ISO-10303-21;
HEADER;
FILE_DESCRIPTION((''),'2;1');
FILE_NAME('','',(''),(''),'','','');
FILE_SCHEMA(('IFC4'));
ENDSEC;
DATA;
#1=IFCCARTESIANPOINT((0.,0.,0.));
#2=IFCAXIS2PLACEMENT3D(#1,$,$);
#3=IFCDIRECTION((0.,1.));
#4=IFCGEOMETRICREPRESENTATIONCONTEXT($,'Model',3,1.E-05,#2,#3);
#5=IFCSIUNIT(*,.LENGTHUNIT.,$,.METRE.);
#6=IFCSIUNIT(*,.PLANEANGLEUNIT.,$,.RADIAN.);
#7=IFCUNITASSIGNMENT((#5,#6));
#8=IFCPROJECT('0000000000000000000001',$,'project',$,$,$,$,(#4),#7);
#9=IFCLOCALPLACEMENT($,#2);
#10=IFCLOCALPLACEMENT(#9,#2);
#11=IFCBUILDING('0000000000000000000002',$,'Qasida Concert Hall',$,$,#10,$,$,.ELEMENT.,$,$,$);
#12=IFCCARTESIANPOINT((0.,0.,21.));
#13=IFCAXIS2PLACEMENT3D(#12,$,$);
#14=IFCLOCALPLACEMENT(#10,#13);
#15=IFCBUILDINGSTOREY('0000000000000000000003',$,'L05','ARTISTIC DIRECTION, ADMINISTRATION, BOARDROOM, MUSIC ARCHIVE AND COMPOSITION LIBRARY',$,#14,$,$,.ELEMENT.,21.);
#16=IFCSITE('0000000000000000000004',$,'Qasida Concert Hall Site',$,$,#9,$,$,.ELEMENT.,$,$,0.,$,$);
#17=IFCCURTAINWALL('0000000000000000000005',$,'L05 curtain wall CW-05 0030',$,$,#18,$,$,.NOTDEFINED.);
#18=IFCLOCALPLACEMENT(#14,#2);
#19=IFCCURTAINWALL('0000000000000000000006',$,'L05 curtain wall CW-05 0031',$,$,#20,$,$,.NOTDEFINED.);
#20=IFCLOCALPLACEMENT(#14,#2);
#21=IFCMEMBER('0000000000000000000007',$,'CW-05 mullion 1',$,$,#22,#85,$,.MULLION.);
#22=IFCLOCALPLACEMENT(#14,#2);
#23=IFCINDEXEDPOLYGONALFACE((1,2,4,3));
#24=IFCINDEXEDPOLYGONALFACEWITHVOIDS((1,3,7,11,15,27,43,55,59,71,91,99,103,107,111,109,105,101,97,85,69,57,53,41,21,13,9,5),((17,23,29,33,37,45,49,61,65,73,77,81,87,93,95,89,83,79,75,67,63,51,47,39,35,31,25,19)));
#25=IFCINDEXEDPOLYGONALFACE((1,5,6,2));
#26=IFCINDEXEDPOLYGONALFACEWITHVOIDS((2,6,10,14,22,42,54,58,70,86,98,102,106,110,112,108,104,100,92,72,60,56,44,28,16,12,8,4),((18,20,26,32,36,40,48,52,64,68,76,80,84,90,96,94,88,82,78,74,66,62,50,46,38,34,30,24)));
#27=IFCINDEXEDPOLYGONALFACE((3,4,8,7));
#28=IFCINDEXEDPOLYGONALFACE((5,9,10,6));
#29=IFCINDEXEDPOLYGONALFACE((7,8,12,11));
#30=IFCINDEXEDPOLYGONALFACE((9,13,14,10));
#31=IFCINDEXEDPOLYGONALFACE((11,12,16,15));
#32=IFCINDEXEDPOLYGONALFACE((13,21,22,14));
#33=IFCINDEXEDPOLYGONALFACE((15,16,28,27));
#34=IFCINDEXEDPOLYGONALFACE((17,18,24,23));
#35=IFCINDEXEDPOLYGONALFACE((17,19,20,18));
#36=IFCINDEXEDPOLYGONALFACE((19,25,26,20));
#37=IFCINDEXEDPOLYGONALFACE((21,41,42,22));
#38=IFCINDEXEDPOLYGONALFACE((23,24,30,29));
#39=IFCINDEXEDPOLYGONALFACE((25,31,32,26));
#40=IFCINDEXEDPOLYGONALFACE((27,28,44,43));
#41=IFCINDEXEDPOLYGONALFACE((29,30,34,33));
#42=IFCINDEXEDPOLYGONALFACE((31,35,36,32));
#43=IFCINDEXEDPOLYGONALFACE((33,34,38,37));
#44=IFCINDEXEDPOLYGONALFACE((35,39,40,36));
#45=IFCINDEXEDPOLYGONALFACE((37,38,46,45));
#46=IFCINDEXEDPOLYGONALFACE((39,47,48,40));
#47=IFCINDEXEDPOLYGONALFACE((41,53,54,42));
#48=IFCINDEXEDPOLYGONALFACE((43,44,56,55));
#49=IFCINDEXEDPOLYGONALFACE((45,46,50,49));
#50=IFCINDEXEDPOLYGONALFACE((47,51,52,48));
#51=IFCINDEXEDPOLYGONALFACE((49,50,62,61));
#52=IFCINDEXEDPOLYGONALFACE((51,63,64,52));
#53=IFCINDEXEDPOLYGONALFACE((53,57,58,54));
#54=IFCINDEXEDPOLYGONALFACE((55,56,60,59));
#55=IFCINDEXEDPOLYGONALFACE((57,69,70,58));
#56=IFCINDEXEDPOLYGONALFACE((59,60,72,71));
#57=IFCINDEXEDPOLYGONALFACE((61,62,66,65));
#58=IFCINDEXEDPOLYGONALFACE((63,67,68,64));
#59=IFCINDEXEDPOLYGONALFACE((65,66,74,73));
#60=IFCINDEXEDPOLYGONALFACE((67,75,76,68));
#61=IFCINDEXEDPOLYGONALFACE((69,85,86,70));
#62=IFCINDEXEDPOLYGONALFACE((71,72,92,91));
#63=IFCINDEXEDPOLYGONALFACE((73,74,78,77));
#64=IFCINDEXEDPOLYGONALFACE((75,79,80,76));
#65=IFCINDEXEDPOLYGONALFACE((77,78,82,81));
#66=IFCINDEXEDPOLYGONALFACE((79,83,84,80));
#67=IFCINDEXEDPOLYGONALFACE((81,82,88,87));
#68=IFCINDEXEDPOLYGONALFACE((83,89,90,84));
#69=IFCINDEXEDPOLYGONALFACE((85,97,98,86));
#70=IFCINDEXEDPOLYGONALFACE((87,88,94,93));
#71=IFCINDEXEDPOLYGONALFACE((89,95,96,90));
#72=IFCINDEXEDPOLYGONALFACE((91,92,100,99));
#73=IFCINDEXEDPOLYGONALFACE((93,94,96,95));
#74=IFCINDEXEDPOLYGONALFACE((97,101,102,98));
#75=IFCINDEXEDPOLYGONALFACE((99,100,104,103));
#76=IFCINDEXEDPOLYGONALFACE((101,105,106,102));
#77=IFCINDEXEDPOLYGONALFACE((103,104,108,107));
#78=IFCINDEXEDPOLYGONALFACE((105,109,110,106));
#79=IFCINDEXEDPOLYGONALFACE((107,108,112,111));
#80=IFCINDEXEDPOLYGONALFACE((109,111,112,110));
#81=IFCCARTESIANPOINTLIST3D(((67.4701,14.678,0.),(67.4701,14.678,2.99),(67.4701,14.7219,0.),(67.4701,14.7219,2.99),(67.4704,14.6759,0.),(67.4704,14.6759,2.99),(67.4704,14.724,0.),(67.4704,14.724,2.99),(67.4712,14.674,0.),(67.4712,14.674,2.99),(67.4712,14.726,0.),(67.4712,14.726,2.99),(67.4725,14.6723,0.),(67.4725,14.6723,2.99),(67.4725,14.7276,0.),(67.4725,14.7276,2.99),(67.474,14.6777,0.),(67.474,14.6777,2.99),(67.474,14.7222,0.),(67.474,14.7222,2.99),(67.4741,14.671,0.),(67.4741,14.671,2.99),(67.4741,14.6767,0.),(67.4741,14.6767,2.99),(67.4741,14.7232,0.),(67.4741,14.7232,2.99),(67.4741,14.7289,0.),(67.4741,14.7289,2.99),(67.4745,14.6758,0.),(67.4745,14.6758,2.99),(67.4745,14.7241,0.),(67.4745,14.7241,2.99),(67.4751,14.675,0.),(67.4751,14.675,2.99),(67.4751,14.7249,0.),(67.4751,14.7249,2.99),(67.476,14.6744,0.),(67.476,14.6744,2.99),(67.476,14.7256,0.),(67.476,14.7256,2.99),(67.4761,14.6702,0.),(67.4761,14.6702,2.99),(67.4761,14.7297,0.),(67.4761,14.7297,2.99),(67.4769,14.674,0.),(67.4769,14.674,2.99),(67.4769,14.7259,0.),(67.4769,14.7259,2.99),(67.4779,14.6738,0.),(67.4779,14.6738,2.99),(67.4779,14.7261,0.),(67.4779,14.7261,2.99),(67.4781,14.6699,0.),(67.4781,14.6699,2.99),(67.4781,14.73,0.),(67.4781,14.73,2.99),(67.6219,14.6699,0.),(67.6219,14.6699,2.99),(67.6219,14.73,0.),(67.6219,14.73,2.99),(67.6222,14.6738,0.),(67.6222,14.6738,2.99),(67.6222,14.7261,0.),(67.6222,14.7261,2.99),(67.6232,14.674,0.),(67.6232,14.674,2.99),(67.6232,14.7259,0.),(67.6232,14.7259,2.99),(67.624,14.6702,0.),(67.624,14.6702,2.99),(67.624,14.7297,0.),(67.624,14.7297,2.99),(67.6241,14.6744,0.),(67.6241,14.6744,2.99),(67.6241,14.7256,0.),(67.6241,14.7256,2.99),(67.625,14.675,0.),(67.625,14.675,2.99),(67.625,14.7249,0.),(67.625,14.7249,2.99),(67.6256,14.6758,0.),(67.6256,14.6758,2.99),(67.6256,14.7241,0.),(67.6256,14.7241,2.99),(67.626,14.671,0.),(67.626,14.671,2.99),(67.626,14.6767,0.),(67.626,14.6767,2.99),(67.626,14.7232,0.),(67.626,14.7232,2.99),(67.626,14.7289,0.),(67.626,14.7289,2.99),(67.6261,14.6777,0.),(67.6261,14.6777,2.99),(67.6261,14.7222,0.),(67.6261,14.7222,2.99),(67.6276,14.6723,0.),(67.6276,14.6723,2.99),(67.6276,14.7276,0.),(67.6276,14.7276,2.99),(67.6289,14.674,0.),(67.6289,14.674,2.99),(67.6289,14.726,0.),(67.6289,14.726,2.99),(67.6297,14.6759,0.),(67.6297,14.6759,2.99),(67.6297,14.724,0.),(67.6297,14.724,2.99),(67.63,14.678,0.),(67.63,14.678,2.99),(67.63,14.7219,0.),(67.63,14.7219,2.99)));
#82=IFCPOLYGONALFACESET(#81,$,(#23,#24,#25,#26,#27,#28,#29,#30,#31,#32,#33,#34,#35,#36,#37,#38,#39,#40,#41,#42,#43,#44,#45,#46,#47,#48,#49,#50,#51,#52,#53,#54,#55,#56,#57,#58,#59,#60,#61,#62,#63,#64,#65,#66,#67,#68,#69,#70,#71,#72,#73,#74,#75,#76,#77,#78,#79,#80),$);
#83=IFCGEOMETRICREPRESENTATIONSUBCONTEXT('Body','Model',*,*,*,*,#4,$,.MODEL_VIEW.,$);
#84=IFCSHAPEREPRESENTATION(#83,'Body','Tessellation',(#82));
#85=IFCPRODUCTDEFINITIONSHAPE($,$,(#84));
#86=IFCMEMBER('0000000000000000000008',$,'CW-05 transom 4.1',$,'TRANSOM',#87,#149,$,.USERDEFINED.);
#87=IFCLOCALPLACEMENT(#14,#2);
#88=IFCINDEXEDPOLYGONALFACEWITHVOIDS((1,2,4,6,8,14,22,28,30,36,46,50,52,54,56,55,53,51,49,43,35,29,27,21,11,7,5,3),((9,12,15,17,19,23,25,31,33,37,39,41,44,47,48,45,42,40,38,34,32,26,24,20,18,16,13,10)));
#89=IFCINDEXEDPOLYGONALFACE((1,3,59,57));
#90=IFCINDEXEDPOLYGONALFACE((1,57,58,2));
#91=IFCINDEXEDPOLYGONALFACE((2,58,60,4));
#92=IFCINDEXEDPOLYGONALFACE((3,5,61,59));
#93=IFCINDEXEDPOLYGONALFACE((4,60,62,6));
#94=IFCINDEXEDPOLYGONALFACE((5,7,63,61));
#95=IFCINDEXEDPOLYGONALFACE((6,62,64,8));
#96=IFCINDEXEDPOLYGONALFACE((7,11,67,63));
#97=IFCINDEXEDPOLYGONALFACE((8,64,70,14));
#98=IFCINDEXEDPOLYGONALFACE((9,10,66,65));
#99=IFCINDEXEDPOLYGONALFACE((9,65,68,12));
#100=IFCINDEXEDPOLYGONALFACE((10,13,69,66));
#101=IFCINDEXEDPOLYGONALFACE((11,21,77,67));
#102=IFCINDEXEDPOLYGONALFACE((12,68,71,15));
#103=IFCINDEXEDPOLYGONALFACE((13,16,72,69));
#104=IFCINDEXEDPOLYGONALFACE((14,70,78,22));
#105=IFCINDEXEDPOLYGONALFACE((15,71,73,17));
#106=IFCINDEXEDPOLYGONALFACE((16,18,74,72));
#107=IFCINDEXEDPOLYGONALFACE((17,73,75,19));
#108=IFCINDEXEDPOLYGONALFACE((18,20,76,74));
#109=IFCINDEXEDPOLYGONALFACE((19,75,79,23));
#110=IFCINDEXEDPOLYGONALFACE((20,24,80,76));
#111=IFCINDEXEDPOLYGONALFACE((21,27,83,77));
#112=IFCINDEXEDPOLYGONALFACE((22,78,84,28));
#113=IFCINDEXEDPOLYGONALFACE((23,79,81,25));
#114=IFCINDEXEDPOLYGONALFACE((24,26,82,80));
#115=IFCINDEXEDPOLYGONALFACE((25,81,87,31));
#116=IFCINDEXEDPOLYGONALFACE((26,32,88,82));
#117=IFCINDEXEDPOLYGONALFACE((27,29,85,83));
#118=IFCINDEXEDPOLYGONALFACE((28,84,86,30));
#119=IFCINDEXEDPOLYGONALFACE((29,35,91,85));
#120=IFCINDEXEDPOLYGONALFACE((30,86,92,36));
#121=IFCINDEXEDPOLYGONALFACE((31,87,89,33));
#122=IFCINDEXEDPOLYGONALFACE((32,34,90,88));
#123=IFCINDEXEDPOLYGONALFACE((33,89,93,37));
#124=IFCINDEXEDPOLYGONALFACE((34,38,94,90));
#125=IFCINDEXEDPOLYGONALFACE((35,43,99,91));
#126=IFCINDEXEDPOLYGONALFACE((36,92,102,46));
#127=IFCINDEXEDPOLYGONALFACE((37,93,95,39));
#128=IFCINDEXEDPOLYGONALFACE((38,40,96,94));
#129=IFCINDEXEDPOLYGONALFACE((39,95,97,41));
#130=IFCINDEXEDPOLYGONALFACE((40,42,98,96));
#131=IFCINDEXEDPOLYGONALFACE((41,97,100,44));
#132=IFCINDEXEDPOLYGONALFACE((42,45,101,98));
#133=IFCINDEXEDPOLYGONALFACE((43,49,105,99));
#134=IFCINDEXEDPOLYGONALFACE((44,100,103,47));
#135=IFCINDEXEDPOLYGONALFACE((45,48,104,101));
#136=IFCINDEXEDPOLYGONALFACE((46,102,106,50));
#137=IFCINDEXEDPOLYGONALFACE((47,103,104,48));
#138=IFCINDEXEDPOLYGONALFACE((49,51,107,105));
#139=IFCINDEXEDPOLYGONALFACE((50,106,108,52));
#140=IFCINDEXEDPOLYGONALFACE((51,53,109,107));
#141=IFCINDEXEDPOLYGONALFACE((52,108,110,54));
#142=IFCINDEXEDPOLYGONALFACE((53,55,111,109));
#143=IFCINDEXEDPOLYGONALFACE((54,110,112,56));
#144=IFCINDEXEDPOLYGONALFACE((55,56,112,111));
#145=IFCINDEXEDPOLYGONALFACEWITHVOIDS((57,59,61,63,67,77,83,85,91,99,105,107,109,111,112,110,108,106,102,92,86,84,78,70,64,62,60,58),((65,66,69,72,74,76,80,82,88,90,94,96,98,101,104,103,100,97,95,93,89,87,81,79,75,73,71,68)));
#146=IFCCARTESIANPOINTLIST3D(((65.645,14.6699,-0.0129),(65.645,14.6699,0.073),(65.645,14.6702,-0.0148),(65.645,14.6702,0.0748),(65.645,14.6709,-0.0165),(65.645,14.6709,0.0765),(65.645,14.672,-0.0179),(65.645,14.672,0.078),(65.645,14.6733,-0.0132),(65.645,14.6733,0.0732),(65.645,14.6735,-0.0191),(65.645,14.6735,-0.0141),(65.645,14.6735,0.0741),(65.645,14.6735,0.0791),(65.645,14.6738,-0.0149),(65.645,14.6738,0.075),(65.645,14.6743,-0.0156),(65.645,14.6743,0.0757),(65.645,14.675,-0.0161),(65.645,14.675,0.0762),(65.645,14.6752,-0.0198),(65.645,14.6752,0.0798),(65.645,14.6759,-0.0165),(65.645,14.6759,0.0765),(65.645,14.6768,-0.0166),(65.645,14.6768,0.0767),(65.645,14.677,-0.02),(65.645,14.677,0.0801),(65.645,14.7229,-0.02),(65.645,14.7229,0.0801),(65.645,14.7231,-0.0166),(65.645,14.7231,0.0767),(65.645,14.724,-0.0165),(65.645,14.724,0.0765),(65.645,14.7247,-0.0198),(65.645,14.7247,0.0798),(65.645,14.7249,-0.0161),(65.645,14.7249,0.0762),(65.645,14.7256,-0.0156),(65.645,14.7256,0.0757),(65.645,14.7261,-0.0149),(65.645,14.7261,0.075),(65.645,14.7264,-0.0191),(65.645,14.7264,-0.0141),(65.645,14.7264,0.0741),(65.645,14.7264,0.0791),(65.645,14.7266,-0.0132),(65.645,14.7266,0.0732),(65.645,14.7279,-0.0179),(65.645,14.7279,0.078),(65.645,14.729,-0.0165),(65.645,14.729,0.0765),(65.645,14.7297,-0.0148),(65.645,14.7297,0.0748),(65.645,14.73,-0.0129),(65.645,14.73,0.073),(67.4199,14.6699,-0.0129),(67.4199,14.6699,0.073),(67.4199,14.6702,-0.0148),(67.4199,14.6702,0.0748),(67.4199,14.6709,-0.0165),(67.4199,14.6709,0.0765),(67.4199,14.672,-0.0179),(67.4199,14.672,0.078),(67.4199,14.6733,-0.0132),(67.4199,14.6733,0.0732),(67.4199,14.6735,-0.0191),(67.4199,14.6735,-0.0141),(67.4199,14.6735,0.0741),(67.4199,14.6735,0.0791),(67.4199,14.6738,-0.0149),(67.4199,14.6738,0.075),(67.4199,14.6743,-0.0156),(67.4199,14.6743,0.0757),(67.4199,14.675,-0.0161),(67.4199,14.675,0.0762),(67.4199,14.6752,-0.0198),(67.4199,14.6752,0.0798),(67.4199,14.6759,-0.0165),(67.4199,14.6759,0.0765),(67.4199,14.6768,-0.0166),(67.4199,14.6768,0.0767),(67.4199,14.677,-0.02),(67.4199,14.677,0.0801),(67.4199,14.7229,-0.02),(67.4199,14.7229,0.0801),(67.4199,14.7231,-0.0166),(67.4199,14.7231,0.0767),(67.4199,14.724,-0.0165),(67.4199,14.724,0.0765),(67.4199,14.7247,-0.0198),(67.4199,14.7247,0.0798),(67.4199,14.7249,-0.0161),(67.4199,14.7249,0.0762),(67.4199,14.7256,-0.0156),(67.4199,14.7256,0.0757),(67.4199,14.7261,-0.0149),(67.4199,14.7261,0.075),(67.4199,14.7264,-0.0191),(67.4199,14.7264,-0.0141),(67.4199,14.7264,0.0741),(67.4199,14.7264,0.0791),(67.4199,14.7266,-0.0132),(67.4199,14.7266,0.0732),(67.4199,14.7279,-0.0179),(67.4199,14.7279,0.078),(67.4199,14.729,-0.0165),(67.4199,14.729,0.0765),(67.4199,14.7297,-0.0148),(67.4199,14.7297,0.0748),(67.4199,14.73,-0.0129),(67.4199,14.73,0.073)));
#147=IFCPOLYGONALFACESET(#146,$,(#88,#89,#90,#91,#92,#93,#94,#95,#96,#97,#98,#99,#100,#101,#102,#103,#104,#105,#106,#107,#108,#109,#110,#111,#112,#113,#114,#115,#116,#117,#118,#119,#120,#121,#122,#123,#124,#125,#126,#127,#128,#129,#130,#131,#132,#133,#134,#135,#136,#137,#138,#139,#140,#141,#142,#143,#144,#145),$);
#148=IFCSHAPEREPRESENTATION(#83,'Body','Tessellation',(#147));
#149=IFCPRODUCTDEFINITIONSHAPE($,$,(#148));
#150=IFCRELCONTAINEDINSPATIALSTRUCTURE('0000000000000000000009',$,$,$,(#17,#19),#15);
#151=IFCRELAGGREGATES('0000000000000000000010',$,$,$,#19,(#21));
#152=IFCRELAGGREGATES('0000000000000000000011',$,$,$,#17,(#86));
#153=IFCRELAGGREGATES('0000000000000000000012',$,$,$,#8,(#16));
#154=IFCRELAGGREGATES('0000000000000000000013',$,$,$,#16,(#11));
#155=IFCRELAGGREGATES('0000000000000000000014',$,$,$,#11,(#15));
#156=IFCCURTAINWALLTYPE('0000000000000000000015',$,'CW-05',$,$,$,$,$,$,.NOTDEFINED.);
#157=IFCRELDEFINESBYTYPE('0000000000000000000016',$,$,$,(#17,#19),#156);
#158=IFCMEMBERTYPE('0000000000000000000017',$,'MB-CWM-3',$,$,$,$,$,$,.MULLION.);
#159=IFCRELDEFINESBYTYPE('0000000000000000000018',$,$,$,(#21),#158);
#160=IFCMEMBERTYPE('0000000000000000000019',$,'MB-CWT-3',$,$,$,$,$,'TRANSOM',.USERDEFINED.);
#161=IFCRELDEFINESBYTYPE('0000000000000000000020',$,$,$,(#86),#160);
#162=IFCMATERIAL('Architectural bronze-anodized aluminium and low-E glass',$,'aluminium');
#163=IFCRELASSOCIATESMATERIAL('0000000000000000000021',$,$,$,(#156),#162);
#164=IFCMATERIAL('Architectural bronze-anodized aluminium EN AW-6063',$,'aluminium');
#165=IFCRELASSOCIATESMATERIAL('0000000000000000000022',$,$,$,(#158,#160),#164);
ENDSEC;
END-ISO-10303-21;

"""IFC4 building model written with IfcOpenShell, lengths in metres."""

from ifc_helpers import new_model, si_unit, direction, frame, origin, origin_2d, place, context, subcontext, project, spatial, hollow_rectangle, extrude, material, material_profile, profile_set, type_object, element, aggregate, save


model = new_model("IFC4")

# Units and contexts
model_context = context("Model", 3, precision=1e-05, world=origin(), true_north=direction((0.0, 1.0)))
body_context = subcontext(model_context, "Body", "Model", "MODEL_VIEW")
ifc_project = project(units=[si_unit("LENGTHUNIT", "METRE"), si_unit("PLANEANGLEUNIT", "RADIAN")], contexts=[model_context])

# Site, building, storey
site_placement = place(None, origin())
site = spatial("IfcSite", under=ifc_project, at=site_placement, Name="Qasida Concert Hall Site", CompositionType="ELEMENT", RefElevation=0.0)
building_placement = place(site_placement, origin())
building = spatial("IfcBuilding", under=site, at=building_placement, Name="Qasida Concert Hall", CompositionType="ELEMENT")
storey_placement = place(building_placement, frame((0.0, 0.0, 21.0)))
storey = spatial("IfcBuildingStorey", under=building, at=storey_placement, Name="L05", Description="ARTISTIC DIRECTION, ADMINISTRATION, BOARDROOM, MUSIC ARCHIVE AND COMPOSITION LIBRARY", CompositionType="ELEMENT", Elevation=21.0)

# Curtain wall
ifc_material_1 = material(Name="Architectural bronze-anodized aluminium and low-E glass", Category="aluminium")
curtain_wall_type = type_object("IfcCurtainWallType", Name="CW-05", PredefinedType="NOTDEFINED", material=ifc_material_1)
curtain_wall_1_placement = place(storey_placement, origin())
curtain_wall_1 = element("IfcCurtainWall", 1, at=curtain_wall_1_placement, inside=storey, type_object=curtain_wall_type, Name="L05 curtain wall CW-05 0030", PredefinedType="NOTDEFINED")
ifc_material_2 = material(Name="Architectural bronze-anodized aluminium EN AW-6063", Category="aluminium")
ifc_material_profile_1 = material_profile(ifc_material_2, hollow_rectangle(XDim=0.0601, YDim=0.1599, WallThickness=0.0039, InnerFilletRadius=0.0039, OuterFilletRadius=0.0081, at=origin_2d()), Name="CWM 160x60x4")
ifc_profile_set_1 = profile_set([ifc_material_profile_1], Name="Architectural bronze-anodized aluminium EN AW-6063")
member_type_1 = type_object("IfcMemberType", Name="MB-CWM-3", PredefinedType="MULLION", material=ifc_profile_set_1)

# Curtain wall, member
curtain_wall_2_placement = place(storey_placement, origin())
curtain_wall_2 = element("IfcCurtainWall", 2, at=curtain_wall_2_placement, inside=storey, type_object=curtain_wall_type, Name="L05 curtain wall CW-05 0031", PredefinedType="NOTDEFINED")
member_1_placement = place(storey_placement, frame((67.55, 14.7, 0.0), z_axis=(0.0, 0.0, 1.0), x_axis=(0.0, 1.0, 0.0)))
member_1 = element("IfcMember", 3, at=member_1_placement, type_object=member_type_1, Name="CW-05 mullion 1", PredefinedType="MULLION", context=body_context, shape_type="SweptSolid", body=[
    extrude(hollow_rectangle(XDim=0.0601, YDim=0.1599, WallThickness=0.0039, InnerFilletRadius=0.0039, OuterFilletRadius=0.0081, at=origin_2d()), origin(), (0.0, 0.0, 1.0), 2.99),
])
aggregate(curtain_wall_2, [member_1])

# Member
ifc_material_profile_2 = material_profile(ifc_material_2, hollow_rectangle(XDim=0.0601, YDim=0.1001, WallThickness=0.0034, InnerFilletRadius=0.0034, OuterFilletRadius=0.0071, at=origin_2d()), Name="CWT 100x60x3.5")
ifc_profile_set_2 = profile_set([ifc_material_profile_2], Name="Architectural bronze-anodized aluminium EN AW-6063")
member_type_2 = type_object("IfcMemberType", Name="MB-CWT-3", ElementType="TRANSOM", PredefinedType="USERDEFINED", material=ifc_profile_set_2)
member_2_placement = place(storey_placement, frame((65.645, 14.7, 0.03), z_axis=(1.0, 0.0, 0.0), x_axis=(0.0, 1.0, 0.0)))
member_2 = element("IfcMember", 4, at=member_2_placement, type_object=member_type_2, Name="CW-05 transom 4.1", ObjectType="TRANSOM", PredefinedType="USERDEFINED", context=body_context, shape_type="SweptSolid", body=[
    extrude(hollow_rectangle(XDim=0.0601, YDim=0.1001, WallThickness=0.0034, InnerFilletRadius=0.0034, OuterFilletRadius=0.0071, at=origin_2d()), origin(), (0.0, 0.0, 1.0), 1.7749),
])

aggregate(curtain_wall_1, [member_2])

save(model, "model.ifc")
